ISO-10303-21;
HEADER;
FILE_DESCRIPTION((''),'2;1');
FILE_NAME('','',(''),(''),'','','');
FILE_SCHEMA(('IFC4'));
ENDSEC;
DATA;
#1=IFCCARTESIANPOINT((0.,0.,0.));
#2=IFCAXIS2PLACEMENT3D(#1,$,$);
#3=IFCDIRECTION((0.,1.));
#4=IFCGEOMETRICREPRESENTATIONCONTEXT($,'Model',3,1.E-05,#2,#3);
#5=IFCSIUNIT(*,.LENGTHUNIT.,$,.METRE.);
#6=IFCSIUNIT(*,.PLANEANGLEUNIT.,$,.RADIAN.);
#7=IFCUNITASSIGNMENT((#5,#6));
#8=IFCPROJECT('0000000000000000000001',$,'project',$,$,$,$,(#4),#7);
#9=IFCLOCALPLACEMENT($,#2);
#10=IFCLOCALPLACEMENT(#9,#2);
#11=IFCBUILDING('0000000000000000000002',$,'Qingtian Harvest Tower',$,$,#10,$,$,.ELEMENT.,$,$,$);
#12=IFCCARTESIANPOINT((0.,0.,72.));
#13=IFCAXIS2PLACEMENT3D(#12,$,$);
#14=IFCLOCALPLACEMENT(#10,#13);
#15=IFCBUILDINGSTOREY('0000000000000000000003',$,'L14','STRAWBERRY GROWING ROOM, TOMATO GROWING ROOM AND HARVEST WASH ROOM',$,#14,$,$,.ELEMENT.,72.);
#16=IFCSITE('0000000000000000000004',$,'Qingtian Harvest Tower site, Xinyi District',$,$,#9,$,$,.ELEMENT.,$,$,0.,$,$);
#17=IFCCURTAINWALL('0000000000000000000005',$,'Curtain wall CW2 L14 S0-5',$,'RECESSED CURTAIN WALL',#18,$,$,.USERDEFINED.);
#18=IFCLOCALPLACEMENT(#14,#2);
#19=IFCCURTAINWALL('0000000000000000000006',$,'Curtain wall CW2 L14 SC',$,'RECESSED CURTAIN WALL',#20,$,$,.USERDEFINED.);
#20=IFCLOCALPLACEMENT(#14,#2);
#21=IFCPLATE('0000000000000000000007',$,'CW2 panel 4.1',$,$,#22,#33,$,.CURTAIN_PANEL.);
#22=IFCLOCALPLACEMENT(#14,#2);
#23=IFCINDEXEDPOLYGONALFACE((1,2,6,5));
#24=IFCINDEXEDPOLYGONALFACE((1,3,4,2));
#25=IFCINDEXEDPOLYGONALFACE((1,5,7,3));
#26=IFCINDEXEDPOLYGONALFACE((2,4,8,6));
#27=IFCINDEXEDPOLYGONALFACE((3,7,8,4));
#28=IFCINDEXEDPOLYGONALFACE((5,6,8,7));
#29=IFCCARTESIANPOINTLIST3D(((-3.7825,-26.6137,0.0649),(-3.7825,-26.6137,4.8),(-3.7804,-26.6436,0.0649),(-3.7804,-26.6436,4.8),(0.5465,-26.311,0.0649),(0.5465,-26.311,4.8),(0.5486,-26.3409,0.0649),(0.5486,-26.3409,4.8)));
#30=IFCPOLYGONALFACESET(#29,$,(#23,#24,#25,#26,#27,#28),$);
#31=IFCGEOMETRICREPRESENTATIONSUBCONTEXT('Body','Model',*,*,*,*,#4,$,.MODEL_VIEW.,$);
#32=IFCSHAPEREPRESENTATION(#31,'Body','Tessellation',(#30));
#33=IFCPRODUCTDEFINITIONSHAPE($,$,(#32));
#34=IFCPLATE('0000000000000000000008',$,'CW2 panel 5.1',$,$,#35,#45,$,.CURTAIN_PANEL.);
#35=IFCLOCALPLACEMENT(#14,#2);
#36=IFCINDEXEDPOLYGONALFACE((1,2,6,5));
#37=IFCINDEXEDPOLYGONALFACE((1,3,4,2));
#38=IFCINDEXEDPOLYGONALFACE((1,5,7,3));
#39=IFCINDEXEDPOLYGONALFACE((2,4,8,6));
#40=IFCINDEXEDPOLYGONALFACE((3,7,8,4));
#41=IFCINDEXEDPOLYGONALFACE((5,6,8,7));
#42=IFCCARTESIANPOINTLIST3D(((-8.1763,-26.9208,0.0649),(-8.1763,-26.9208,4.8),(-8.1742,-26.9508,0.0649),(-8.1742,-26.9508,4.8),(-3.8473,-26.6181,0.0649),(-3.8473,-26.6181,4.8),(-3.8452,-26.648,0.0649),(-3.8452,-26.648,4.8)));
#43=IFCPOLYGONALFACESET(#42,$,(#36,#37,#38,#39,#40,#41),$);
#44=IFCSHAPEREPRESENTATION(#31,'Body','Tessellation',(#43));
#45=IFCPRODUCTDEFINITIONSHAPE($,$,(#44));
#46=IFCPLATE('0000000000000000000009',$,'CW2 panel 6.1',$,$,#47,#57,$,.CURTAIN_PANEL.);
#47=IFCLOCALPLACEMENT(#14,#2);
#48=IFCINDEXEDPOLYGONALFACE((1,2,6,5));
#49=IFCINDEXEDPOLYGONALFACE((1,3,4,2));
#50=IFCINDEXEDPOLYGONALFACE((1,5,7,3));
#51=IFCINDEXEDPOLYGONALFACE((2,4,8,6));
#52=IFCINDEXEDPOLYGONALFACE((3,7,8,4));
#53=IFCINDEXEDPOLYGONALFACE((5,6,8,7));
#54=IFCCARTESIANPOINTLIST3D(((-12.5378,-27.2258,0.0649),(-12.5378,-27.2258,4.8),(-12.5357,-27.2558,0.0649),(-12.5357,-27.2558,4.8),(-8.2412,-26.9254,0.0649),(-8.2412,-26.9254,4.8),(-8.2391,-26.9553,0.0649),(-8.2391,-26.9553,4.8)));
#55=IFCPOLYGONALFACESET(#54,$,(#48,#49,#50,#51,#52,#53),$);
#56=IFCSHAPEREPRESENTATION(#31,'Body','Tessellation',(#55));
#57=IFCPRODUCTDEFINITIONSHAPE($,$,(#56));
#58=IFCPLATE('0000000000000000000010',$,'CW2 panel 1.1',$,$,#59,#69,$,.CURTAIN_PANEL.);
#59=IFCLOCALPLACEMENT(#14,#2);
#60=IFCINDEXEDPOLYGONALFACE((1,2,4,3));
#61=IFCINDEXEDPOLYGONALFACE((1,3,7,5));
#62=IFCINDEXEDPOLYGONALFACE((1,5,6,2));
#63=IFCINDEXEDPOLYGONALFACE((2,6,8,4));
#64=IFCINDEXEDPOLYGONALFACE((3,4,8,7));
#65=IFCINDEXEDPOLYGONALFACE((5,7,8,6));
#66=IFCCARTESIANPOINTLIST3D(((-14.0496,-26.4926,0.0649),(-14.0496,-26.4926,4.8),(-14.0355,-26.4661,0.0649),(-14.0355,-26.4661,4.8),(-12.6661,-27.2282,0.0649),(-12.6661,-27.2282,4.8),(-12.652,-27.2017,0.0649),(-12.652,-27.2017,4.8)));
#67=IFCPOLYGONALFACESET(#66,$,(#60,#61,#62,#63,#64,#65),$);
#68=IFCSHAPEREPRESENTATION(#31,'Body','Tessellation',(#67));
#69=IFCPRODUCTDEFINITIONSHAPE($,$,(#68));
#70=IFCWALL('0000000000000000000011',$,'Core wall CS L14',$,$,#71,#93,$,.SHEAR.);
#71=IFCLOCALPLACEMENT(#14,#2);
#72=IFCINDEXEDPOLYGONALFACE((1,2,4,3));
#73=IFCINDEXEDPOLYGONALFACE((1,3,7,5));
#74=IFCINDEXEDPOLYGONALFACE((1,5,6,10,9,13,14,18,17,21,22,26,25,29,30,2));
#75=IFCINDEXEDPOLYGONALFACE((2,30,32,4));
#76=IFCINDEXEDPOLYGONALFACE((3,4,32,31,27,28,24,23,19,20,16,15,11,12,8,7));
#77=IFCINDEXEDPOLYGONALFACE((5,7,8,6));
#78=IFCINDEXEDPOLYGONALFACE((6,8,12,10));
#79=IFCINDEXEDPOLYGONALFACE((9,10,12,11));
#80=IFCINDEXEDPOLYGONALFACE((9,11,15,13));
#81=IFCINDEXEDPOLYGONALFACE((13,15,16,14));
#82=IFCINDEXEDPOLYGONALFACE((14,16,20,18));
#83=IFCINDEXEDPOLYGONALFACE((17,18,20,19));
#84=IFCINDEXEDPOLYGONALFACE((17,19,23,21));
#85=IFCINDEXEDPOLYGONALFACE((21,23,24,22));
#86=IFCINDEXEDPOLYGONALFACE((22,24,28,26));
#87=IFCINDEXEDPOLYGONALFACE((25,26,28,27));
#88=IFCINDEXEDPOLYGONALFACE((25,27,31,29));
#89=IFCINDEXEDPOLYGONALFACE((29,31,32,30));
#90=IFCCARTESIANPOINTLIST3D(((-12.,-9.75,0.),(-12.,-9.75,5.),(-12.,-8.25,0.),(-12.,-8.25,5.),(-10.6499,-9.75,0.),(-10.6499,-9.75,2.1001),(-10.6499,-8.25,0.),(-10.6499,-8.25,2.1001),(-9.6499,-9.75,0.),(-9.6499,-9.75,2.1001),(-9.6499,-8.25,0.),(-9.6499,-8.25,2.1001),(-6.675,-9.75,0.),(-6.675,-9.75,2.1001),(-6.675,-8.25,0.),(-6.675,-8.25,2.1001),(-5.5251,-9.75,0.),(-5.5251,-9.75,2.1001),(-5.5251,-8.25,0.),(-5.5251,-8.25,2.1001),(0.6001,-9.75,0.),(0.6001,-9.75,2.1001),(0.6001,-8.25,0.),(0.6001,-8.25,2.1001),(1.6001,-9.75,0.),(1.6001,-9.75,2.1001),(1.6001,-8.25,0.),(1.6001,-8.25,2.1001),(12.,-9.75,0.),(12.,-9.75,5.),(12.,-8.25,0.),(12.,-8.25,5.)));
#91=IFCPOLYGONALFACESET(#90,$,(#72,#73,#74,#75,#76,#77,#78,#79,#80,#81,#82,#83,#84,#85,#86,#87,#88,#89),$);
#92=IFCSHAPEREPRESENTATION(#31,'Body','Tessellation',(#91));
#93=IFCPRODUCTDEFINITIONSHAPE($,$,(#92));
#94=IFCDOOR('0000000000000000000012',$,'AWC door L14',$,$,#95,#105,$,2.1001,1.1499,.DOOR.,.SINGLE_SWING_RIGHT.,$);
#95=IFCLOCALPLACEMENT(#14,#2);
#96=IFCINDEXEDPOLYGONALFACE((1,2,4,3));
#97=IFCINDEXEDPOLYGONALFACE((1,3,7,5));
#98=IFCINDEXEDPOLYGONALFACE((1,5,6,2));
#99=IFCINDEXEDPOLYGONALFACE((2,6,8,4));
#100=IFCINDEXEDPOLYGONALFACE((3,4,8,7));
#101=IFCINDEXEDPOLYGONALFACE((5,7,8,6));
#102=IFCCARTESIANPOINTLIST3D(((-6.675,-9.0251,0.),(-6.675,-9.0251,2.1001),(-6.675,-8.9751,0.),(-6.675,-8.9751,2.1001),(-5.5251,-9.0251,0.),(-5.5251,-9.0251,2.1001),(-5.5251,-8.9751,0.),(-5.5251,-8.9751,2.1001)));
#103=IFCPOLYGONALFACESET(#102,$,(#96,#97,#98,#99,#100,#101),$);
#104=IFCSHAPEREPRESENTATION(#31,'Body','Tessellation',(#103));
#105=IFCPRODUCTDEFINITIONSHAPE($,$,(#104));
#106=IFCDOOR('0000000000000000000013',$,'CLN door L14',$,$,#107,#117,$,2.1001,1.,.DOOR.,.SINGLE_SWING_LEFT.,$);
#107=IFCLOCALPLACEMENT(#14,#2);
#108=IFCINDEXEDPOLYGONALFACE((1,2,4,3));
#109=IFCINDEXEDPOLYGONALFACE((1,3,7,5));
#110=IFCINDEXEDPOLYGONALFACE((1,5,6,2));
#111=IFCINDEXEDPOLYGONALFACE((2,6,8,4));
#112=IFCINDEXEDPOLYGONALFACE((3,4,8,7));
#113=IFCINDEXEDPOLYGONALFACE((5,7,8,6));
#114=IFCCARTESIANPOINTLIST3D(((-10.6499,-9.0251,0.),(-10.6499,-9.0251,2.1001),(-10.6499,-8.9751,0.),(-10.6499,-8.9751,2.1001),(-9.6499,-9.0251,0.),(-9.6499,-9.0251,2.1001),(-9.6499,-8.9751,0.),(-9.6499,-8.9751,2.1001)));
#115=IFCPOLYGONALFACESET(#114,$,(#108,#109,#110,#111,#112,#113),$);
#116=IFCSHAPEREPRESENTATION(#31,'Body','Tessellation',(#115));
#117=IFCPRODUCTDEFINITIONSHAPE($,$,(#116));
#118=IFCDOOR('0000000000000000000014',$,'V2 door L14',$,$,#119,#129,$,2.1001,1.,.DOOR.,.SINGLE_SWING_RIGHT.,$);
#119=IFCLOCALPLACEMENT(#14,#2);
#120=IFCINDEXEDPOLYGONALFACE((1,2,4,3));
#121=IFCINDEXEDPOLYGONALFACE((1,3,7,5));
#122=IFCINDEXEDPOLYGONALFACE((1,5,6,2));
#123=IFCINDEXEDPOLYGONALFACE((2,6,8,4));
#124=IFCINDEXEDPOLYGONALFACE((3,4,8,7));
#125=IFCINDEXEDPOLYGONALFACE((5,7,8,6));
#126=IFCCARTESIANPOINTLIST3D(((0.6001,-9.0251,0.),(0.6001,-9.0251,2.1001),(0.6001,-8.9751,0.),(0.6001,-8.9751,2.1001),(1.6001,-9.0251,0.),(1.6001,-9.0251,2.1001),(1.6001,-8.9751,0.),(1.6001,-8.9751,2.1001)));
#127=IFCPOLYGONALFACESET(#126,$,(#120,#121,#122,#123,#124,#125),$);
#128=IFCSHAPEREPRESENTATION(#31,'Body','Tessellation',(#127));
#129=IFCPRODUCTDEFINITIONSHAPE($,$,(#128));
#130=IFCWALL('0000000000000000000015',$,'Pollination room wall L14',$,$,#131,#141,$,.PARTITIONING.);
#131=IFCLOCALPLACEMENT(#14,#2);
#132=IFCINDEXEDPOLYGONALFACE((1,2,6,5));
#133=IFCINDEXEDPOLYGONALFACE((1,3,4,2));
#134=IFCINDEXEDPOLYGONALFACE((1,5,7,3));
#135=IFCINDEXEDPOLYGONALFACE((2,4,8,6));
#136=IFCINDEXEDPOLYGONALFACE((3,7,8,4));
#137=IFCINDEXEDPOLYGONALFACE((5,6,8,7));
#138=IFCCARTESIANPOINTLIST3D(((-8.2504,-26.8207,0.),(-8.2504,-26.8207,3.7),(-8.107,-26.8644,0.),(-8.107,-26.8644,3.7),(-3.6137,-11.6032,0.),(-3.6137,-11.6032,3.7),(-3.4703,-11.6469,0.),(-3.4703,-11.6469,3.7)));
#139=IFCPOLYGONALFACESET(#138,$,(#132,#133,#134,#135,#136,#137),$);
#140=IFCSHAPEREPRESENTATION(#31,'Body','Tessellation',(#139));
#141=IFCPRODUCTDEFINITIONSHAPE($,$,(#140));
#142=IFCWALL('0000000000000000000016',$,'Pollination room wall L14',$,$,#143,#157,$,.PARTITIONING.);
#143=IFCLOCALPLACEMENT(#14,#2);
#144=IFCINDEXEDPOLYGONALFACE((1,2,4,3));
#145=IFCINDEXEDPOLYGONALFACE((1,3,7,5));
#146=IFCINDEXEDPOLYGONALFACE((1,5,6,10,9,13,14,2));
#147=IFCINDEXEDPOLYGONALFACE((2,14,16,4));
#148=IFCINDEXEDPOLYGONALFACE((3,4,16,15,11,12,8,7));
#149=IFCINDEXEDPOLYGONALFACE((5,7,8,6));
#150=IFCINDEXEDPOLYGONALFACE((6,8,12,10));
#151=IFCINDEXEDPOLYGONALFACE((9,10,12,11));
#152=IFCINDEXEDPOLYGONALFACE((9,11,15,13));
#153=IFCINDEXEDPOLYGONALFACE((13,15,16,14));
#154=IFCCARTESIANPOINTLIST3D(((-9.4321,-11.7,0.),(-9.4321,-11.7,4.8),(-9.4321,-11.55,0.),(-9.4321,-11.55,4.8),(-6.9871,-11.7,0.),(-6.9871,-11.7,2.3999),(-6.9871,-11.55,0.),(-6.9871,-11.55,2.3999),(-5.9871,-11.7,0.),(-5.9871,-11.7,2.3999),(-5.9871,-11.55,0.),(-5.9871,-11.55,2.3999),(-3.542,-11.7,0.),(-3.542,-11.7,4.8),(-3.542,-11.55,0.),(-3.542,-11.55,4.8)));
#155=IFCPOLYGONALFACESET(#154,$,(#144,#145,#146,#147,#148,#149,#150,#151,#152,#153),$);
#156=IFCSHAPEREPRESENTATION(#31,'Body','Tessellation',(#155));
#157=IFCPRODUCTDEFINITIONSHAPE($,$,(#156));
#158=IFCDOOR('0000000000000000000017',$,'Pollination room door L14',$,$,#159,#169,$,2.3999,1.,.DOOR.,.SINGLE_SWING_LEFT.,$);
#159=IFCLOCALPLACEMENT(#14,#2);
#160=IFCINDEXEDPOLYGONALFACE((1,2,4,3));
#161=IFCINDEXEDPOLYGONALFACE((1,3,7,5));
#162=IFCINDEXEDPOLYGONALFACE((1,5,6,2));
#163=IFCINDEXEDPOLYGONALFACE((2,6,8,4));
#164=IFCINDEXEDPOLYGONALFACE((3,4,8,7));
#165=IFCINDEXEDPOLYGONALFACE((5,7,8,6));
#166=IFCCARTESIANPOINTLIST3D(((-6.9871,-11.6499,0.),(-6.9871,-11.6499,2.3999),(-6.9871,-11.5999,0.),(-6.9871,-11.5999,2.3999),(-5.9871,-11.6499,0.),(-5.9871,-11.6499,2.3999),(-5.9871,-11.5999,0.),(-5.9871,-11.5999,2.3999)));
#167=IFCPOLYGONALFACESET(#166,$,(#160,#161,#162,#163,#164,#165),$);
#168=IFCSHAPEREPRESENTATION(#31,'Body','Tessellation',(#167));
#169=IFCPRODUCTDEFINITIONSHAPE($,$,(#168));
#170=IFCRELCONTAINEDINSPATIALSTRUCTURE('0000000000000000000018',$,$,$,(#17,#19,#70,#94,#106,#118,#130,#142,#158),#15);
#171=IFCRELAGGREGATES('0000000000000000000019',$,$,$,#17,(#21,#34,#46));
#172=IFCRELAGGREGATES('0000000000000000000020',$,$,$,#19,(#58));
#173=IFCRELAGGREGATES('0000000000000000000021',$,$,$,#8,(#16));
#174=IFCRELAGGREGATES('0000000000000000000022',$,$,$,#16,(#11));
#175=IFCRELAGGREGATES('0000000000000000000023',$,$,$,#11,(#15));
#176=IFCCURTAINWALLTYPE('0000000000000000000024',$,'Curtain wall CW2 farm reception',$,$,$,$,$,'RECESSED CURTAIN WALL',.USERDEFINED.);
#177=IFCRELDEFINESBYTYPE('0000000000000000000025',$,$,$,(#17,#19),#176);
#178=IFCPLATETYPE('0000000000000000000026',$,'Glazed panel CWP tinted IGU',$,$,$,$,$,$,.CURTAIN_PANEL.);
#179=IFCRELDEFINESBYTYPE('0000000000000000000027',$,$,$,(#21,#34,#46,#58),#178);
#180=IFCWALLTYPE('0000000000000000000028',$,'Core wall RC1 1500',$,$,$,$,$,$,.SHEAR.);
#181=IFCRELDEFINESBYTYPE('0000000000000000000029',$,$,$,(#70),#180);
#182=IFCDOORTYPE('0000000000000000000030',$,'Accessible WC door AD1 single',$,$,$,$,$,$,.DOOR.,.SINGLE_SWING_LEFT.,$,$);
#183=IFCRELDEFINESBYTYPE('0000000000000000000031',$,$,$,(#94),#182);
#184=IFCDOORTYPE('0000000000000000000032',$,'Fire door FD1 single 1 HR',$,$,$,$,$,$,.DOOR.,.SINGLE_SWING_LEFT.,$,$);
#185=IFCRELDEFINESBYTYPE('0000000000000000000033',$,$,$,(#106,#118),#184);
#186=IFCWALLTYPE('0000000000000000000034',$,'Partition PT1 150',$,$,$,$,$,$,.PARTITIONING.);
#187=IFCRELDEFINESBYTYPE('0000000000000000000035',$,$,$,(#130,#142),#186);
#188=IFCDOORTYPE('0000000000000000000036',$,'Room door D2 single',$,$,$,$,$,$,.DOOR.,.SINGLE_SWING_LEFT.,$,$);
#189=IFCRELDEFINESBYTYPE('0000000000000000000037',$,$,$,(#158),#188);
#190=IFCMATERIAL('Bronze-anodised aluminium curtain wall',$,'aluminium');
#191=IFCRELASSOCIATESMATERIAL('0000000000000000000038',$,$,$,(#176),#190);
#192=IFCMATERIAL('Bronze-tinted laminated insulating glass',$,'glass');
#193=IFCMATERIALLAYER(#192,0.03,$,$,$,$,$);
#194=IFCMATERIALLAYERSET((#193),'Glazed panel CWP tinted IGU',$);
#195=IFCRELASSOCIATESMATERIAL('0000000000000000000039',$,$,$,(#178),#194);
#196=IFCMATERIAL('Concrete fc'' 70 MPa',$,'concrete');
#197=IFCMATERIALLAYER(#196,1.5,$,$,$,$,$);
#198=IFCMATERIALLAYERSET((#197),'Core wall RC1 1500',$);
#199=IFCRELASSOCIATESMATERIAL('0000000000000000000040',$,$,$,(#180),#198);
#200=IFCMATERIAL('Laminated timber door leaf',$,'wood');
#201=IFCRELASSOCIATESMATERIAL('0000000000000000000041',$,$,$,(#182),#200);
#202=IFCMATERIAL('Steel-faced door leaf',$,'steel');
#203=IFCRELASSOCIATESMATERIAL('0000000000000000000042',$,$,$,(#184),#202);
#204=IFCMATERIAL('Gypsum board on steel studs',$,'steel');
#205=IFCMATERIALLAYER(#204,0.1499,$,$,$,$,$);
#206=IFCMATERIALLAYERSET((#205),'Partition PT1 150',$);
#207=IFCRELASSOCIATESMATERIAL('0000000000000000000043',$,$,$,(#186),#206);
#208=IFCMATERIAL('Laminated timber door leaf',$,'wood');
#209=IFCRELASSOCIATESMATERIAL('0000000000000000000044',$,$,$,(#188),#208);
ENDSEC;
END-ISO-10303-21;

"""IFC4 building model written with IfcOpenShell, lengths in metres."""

from ifc_helpers import new_model, si_unit, direction, frame, frame_2d, origin, origin_2d, place, context, subcontext, project, spatial, rectangle, extrude, material, layer, layer_set, type_object, element, fill, aggregate, save


model = new_model("IFC4")

# Units and contexts
model_context = context("Model", 3, precision=1e-05, world=origin(), true_north=direction((0.0, 1.0)))
body_context = subcontext(model_context, "Body", "Model", "MODEL_VIEW")
ifc_project = project(units=[si_unit("LENGTHUNIT", "METRE"), si_unit("PLANEANGLEUNIT", "RADIAN")], contexts=[model_context])

# Site, building, storey
site_placement = place(None, origin())
site = spatial("IfcSite", under=ifc_project, at=site_placement, Name="Qingtian Harvest Tower site, Xinyi District", CompositionType="ELEMENT", RefElevation=0.0)
building_placement = place(site_placement, origin())
building = spatial("IfcBuilding", under=site, at=building_placement, Name="Qingtian Harvest Tower", CompositionType="ELEMENT")
storey_placement = place(building_placement, frame((0.0, 0.0, 72.0)))
storey = spatial("IfcBuildingStorey", under=building, at=storey_placement, Name="L14", Description="STRAWBERRY GROWING ROOM, TOMATO GROWING ROOM AND HARVEST WASH ROOM", CompositionType="ELEMENT", Elevation=72.0)

# Curtain walls
ifc_material_1 = material(Name="Bronze-anodised aluminium curtain wall", Category="aluminium")
curtain_wall_type = type_object("IfcCurtainWallType", Name="Curtain wall CW2 farm reception", ElementType="RECESSED CURTAIN WALL", PredefinedType="USERDEFINED", material=ifc_material_1)
curtain_wall_1_placement = place(storey_placement, origin())
curtain_wall_1 = element("IfcCurtainWall", 1, at=curtain_wall_1_placement, inside=storey, type_object=curtain_wall_type, Name="Curtain wall CW2 L14 S0-5", ObjectType="RECESSED CURTAIN WALL", PredefinedType="USERDEFINED")
curtain_wall_2_placement = place(storey_placement, origin())
curtain_wall_2 = element("IfcCurtainWall", 2, at=curtain_wall_2_placement, inside=storey, type_object=curtain_wall_type, Name="Curtain wall CW2 L14 SC", ObjectType="RECESSED CURTAIN WALL", PredefinedType="USERDEFINED")

# Plates
ifc_material_2 = material(Name="Bronze-tinted laminated insulating glass", Category="glass")
ifc_layer_1 = layer(ifc_material_2, 0.03)
ifc_layer_set_1 = layer_set([ifc_layer_1], Name="Glazed panel CWP tinted IGU")
plate_type = type_object("IfcPlateType", Name="Glazed panel CWP tinted IGU", PredefinedType="CURTAIN_PANEL", material=ifc_layer_set_1)
plate_1_placement = place(storey_placement, frame((-1.6169, -26.4773, 0.0649), z_axis=(0.0, 0.0, 1.0), x_axis=(-0.997564, -0.069756, 0.0)))
plate_1 = element("IfcPlate", 3, at=plate_1_placement, type_object=plate_type, Name="CW2 panel 4.1", PredefinedType="CURTAIN_PANEL", context=body_context, shape_type="SweptSolid", body=[
    extrude(rectangle(XDim=4.3396, YDim=0.03, at=origin_2d()), origin(), (0.0, 0.0, 1.0), 4.7351),
])
plate_2_placement = place(storey_placement, frame((-6.0107, -26.7844, 0.0649), z_axis=(0.0, 0.0, 1.0), x_axis=(-0.997564, -0.069756, 0.0)))
plate_2 = element("IfcPlate", 4, at=plate_2_placement, type_object=plate_type, Name="CW2 panel 5.1", PredefinedType="CURTAIN_PANEL", context=body_context, shape_type="SweptSolid", body=[
    extrude(rectangle(XDim=4.3396, YDim=0.03, at=origin_2d()), origin(), (0.0, 0.0, 1.0), 4.7351),
])
plate_3_placement = place(storey_placement, frame((-10.3884, -27.0906, 0.0649), z_axis=(0.0, 0.0, 1.0), x_axis=(-0.997564, -0.069756, 0.0)))
plate_3 = element("IfcPlate", 5, at=plate_3_placement, type_object=plate_type, Name="CW2 panel 6.1", PredefinedType="CURTAIN_PANEL", context=body_context, shape_type="SweptSolid", body=[
    extrude(rectangle(XDim=4.3071, YDim=0.03, at=origin_2d()), origin(), (0.0, 0.0, 1.0), 4.7351),
])
aggregate(curtain_wall_1, [plate_1, plate_2, plate_3])
plate_4_placement = place(storey_placement, frame((-13.3508, -26.8472, 0.0649), z_axis=(0.0, 0.0, 1.0), x_axis=(-0.882948, 0.469472, 0.0)))
plate_4 = element("IfcPlate", 6, at=plate_4_placement, type_object=plate_type, Name="CW2 panel 1.1", PredefinedType="CURTAIN_PANEL", context=body_context, shape_type="SweptSolid", body=[
    extrude(rectangle(XDim=1.5669, YDim=0.03, at=origin_2d()), origin(), (0.0, 0.0, 1.0), 4.7351),
])
aggregate(curtain_wall_2, [plate_4])

# Wall, openings, doors
ifc_material_3 = material(Name="Concrete fc' 70 MPa", Category="concrete")
ifc_layer_2 = layer(ifc_material_3, 1.5)
ifc_layer_set_2 = layer_set([ifc_layer_2], Name="Core wall RC1 1500")
wall_type_1 = type_object("IfcWallType", Name="Core wall RC1 1500", PredefinedType="SHEAR", material=ifc_layer_set_2)
wall_1_placement = place(storey_placement, frame((-12.0, -9.0, 0.0), z_axis=(0.0, 0.0, 1.0), x_axis=(1.0, 0.0, 0.0)))
wall_1 = element("IfcWall", 7, at=wall_1_placement, inside=storey, type_object=wall_type_1, Name="Core wall CS L14", PredefinedType="SHEAR", context=body_context, shape_type="SweptSolid", body=[
    extrude(rectangle(XDim=24.0, YDim=1.5, at=frame_2d((12.0, 0.0))), origin(), (0.0, 0.0, 1.0), 5.0),
])
opening_1_placement = place(wall_1_placement, frame((1.3501, 0.0, 0.0)))
opening_1 = element("IfcOpeningElement", 8, at=opening_1_placement, cuts=wall_1, PredefinedType="OPENING", context=body_context, shape_type="SweptSolid", body=[
    extrude(rectangle(XDim=1.0, YDim=2.1001, at=frame_2d((0.5, 1.05))), frame((0.0, 0.76, 0.0), z_axis=(0.0, -1.0, 0.0), x_axis=(1.0, 0.0, 0.0)), (0.0, 0.0, 1.0), 1.52),
])
opening_2_placement = place(wall_1_placement, frame((5.325, 0.0, 0.0)))
opening_2 = element("IfcOpeningElement", 9, at=opening_2_placement, cuts=wall_1, PredefinedType="OPENING", context=body_context, shape_type="SweptSolid", body=[
    extrude(rectangle(XDim=1.1499, YDim=2.1001, at=frame_2d((0.575, 1.05))), frame((0.0, 0.76, 0.0), z_axis=(0.0, -1.0, 0.0), x_axis=(1.0, 0.0, 0.0)), (0.0, 0.0, 1.0), 1.52),
])
opening_3_placement = place(wall_1_placement, frame((12.6001, 0.0, 0.0)))
opening_3 = element("IfcOpeningElement", 10, at=opening_3_placement, cuts=wall_1, PredefinedType="OPENING", context=body_context, shape_type="SweptSolid", body=[
    extrude(rectangle(XDim=1.0, YDim=2.1001, at=frame_2d((0.5, 1.05))), frame((0.0, 0.76, 0.0), z_axis=(0.0, -1.0, 0.0), x_axis=(1.0, 0.0, 0.0)), (0.0, 0.0, 1.0), 1.52),
])
ifc_material_4 = material(Name="Laminated timber door leaf", Category="wood")
door_type_1 = type_object("IfcDoorType", Name="Accessible WC door AD1 single", OperationType="SINGLE_SWING_LEFT", PredefinedType="DOOR", material=ifc_material_4)
door_1_placement = place(opening_2_placement, origin())
door_1 = element("IfcDoor", 11, at=door_1_placement, inside=storey, type_object=door_type_1, Name="AWC door L14", OperationType="SINGLE_SWING_RIGHT", OverallHeight=2.1001, OverallWidth=1.1499, PredefinedType="DOOR", context=body_context, shape_type="SweptSolid", body=[
    extrude(rectangle(XDim=1.1499, YDim=2.1001, at=frame_2d((0.575, 1.05))), frame((0.0, 0.0249, 0.0), z_axis=(0.0, -1.0, 0.0), x_axis=(1.0, 0.0, 0.0)), (0.0, 0.0, 1.0), 0.05),
])
fill(opening_2, door_1)
ifc_material_5 = material(Name="Steel-faced door leaf", Category="steel")
door_type_2 = type_object("IfcDoorType", Name="Fire door FD1 single 1 HR", OperationType="SINGLE_SWING_LEFT", PredefinedType="DOOR", material=ifc_material_5)
door_2_placement = place(opening_1_placement, origin())
door_2 = element("IfcDoor", 12, at=door_2_placement, inside=storey, type_object=door_type_2, Name="CLN door L14", OperationType="SINGLE_SWING_LEFT", OverallHeight=2.1001, OverallWidth=1.0, PredefinedType="DOOR", context=body_context, shape_type="SweptSolid", body=[
    extrude(rectangle(XDim=1.0, YDim=2.1001, at=frame_2d((0.5, 1.05))), frame((0.0, 0.0249, 0.0), z_axis=(0.0, -1.0, 0.0), x_axis=(1.0, 0.0, 0.0)), (0.0, 0.0, 1.0), 0.05),
])
fill(opening_1, door_2)
door_3_placement = place(opening_3_placement, origin())
door_3 = element("IfcDoor", 13, at=door_3_placement, inside=storey, type_object=door_type_2, Name="V2 door L14", OperationType="SINGLE_SWING_RIGHT", OverallHeight=2.1001, OverallWidth=1.0, PredefinedType="DOOR", context=body_context, shape_type="SweptSolid", body=[
    extrude(rectangle(XDim=1.0, YDim=2.1001, at=frame_2d((0.5, 1.05))), frame((0.0, 0.0249, 0.0), z_axis=(0.0, -1.0, 0.0), x_axis=(1.0, 0.0, 0.0)), (0.0, 0.0, 1.0), 0.05),
])
fill(opening_3, door_3)

# Wall
ifc_material_6 = material(Name="Gypsum board on steel studs", Category="steel")
ifc_layer_3 = layer(ifc_material_6, 0.1499)
ifc_layer_set_3 = layer_set([ifc_layer_3], Name="Partition PT1 150")
wall_type_2 = type_object("IfcWallType", Name="Partition PT1 150", PredefinedType="PARTITIONING", material=ifc_layer_set_3)
wall_2_placement = place(storey_placement, frame((-8.1787, -26.8425, 0.0), z_axis=(0.0, 0.0, 1.0), x_axis=(0.291466, 0.956581, 0.0)))
element("IfcWall", 14, at=wall_2_placement, inside=storey, type_object=wall_type_2, Name="Pollination room wall L14", PredefinedType="PARTITIONING", context=body_context, shape_type="SweptSolid", body=[
    extrude(rectangle(XDim=15.9082, YDim=0.1499, at=frame_2d((7.9541, 0.0))), origin(), (0.0, 0.0, 1.0), 3.7),
])

# Wall, opening, door
wall_3_placement = place(storey_placement, frame((-3.542, -11.625, 0.0), z_axis=(0.0, 0.0, 1.0), x_axis=(-1.0, 0.0, 0.0)))
wall_3 = element("IfcWall", 15, at=wall_3_placement, inside=storey, type_object=wall_type_2, Name="Pollination room wall L14", PredefinedType="PARTITIONING", context=body_context, shape_type="SweptSolid", body=[
    extrude(rectangle(XDim=5.8901, YDim=0.1499, at=frame_2d((2.9451, 0.0))), origin(), (0.0, 0.0, 1.0), 4.8),
])
opening_4_placement = place(wall_3_placement, frame((2.4451, 0.0, 0.0)))
opening_4 = element("IfcOpeningElement", 16, at=opening_4_placement, cuts=wall_3, PredefinedType="OPENING", context=body_context, shape_type="SweptSolid", body=[
    extrude(rectangle(XDim=1.0, YDim=2.3999, at=frame_2d((0.5, 1.2))), frame((0.0, 0.085, 0.0), z_axis=(0.0, -1.0, 0.0), x_axis=(1.0, 0.0, 0.0)), (0.0, 0.0, 1.0), 0.1699),
])
ifc_material_7 = material(Name="Laminated timber door leaf", Category="wood")
door_type_3 = type_object("IfcDoorType", Name="Room door D2 single", OperationType="SINGLE_SWING_LEFT", PredefinedType="DOOR", material=ifc_material_7)
door_4_placement = place(opening_4_placement, origin())
door_4 = element("IfcDoor", 17, at=door_4_placement, inside=storey, type_object=door_type_3, Name="Pollination room door L14", OperationType="SINGLE_SWING_LEFT", OverallHeight=2.3999, OverallWidth=1.0, PredefinedType="DOOR", context=body_context, shape_type="SweptSolid", body=[
    extrude(rectangle(XDim=1.0, YDim=2.3999, at=frame_2d((0.5, 1.2))), frame((0.0, 0.0249, 0.0), z_axis=(0.0, -1.0, 0.0), x_axis=(1.0, 0.0, 0.0)), (0.0, 0.0, 1.0), 0.05),
])
fill(opening_4, door_4)

save(model, "model.ifc")
